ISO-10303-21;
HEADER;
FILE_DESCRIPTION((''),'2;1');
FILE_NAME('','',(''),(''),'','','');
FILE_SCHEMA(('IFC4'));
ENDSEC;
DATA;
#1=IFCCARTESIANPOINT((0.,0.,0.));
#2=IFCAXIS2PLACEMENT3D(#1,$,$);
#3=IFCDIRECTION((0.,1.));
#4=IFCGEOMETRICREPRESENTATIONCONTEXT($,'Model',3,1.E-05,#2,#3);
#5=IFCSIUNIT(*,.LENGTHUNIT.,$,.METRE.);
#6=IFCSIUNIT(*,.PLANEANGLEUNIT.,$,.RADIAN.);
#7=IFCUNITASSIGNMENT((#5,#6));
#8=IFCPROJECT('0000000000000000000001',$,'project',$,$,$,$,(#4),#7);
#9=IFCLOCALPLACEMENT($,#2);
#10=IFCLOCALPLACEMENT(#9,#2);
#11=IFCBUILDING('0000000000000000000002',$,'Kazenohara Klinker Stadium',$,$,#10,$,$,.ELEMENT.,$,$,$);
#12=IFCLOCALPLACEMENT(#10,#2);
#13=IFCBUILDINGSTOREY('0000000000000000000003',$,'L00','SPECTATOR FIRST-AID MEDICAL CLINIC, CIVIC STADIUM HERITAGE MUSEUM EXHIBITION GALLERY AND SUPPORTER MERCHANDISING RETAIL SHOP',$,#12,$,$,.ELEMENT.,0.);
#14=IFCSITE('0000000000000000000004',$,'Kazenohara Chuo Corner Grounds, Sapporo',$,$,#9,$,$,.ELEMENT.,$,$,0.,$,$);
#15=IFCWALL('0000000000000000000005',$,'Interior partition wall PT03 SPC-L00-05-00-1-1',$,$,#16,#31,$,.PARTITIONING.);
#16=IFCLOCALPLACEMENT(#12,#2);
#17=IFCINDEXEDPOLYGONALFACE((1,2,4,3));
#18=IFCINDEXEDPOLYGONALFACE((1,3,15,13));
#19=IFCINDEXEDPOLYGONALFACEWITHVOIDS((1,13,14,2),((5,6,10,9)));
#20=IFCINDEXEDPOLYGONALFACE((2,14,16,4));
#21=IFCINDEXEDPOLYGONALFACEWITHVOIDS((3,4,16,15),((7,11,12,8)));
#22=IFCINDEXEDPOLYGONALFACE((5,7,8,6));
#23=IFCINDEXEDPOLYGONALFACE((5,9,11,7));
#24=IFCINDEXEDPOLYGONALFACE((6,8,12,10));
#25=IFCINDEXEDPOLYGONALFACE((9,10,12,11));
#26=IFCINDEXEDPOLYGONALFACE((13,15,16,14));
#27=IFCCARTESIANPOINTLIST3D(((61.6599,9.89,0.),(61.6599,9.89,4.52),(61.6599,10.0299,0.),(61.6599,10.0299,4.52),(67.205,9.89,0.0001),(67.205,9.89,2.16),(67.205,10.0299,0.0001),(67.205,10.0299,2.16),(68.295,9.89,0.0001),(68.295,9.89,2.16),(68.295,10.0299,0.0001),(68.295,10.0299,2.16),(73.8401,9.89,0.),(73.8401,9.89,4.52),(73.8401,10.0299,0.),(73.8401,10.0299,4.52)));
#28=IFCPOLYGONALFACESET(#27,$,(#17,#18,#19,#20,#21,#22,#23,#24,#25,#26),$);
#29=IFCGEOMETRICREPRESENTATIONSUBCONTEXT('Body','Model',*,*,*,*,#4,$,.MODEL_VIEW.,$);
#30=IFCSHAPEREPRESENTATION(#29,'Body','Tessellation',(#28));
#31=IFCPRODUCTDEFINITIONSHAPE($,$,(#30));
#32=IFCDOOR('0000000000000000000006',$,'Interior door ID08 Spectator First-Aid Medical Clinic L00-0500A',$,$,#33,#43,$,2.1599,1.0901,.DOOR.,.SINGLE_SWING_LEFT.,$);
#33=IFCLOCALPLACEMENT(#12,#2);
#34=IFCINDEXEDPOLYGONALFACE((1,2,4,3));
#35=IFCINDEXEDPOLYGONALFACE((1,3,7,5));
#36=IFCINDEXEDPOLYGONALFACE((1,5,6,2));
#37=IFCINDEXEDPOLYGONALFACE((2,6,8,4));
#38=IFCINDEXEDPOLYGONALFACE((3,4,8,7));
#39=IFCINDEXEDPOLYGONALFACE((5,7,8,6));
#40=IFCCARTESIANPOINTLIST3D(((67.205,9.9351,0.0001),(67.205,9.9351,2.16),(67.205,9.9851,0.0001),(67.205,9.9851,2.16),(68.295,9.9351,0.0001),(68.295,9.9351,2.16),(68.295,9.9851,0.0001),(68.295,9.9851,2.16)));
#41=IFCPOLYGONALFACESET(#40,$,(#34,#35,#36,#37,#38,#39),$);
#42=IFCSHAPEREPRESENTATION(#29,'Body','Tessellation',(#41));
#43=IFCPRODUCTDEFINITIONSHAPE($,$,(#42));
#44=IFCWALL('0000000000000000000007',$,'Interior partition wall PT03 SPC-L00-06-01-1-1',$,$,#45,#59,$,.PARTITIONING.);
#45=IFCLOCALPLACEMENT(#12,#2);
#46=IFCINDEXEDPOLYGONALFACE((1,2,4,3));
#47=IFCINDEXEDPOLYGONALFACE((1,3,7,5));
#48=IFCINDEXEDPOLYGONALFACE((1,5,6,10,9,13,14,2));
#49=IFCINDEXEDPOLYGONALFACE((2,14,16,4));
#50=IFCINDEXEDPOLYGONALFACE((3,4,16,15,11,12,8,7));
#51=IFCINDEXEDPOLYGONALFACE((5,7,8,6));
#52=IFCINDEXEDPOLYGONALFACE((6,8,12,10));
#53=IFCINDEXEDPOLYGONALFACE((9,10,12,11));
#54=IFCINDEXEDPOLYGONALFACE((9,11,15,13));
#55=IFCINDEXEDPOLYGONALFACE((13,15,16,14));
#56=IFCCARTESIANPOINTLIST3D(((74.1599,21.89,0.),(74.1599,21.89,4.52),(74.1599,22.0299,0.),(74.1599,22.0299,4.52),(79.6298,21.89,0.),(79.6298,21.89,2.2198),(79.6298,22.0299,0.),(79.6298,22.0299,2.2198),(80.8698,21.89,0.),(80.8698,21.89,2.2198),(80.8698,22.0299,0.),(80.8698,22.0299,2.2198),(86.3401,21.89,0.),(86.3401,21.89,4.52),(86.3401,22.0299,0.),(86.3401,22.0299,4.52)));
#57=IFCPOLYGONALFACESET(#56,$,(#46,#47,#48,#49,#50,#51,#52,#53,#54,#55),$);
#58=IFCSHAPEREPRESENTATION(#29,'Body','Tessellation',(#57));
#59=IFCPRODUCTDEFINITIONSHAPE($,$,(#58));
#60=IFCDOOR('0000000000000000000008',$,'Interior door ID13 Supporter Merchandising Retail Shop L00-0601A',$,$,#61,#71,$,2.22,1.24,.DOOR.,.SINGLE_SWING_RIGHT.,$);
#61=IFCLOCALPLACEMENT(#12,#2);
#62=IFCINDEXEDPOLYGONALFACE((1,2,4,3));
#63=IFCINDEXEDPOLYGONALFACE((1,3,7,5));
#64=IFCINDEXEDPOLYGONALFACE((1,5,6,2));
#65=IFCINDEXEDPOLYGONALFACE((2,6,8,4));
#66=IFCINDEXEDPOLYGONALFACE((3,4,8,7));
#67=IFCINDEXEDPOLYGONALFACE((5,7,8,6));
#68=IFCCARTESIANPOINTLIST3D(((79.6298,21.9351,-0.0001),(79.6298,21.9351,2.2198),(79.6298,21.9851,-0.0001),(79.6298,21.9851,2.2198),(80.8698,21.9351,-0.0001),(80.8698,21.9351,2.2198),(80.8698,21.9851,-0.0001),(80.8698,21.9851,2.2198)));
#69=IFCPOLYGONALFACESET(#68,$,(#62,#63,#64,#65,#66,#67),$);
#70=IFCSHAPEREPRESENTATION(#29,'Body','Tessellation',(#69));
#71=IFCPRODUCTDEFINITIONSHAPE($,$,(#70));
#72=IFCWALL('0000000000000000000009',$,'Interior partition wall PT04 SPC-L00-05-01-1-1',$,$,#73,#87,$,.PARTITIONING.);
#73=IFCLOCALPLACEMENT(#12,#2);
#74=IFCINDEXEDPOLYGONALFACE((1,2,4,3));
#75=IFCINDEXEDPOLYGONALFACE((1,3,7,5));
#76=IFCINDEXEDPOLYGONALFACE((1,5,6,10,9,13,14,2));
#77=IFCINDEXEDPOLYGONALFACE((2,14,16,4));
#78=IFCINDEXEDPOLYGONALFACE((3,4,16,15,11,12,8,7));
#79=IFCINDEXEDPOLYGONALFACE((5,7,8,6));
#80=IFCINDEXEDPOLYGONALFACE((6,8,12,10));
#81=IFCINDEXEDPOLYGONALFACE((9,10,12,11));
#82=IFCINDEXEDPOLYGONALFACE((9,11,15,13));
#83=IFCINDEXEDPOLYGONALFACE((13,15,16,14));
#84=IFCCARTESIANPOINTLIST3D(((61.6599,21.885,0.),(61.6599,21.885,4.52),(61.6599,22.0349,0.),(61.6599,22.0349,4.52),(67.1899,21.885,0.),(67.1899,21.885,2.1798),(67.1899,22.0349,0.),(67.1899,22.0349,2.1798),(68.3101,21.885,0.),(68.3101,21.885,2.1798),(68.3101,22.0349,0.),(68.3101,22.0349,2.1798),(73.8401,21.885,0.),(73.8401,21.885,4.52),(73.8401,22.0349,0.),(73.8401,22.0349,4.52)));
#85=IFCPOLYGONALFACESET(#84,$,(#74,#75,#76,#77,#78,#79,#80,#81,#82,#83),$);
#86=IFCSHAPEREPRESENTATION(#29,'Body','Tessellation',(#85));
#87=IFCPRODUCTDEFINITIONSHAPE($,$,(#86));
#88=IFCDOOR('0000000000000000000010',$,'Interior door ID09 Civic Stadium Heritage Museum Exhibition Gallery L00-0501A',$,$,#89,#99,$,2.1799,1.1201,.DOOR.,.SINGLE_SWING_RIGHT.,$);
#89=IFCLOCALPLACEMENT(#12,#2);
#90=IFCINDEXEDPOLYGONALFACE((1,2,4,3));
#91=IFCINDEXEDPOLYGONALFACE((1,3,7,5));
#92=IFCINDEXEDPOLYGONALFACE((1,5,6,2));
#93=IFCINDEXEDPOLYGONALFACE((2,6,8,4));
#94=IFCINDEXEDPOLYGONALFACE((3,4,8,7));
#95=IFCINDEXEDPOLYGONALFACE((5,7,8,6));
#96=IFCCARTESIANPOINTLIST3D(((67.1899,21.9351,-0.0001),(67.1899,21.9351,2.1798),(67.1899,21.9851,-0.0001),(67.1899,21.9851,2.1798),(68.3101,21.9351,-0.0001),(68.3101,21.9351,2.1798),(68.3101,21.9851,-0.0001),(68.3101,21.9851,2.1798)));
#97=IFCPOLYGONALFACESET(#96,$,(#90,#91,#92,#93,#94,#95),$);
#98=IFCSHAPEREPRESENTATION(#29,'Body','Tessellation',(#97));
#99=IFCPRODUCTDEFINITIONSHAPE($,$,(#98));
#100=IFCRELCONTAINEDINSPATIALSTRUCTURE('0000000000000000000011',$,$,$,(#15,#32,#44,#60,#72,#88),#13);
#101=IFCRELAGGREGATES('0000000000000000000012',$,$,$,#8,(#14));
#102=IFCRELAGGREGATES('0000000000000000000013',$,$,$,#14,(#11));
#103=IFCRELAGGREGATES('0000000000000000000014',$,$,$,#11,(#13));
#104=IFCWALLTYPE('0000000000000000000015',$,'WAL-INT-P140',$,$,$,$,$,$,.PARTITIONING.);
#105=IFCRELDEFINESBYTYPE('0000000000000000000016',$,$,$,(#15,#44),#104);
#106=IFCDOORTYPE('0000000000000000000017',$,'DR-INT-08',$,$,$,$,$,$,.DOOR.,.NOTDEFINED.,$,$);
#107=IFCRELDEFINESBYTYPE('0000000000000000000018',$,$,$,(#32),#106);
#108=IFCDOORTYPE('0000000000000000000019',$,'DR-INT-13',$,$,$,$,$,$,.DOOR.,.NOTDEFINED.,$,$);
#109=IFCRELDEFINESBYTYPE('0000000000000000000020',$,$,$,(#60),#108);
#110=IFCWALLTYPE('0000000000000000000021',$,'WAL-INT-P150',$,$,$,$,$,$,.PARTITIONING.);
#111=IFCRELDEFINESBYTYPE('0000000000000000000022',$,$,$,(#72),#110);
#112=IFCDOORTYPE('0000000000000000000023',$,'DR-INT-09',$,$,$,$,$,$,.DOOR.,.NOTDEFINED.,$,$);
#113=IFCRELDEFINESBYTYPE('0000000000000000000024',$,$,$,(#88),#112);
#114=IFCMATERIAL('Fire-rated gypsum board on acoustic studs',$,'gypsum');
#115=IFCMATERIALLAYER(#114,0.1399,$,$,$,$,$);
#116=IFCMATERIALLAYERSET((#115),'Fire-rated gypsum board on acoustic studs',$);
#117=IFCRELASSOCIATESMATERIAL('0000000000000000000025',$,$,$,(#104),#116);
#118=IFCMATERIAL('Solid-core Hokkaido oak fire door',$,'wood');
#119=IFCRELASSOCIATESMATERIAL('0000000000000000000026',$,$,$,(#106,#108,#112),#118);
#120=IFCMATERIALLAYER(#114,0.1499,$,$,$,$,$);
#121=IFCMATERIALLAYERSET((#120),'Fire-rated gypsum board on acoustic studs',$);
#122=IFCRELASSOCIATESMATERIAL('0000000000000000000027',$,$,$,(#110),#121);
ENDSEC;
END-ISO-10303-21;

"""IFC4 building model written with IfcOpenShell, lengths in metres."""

from ifc_helpers import new_model, si_unit, direction, frame, frame_2d, origin, place, context, subcontext, project, spatial, rectangle, extrude, material, layer, layer_set, type_object, element, fill, save


model = new_model("IFC4")

# Units and contexts
model_context = context("Model", 3, precision=1e-05, world=origin(), true_north=direction((0.0, 1.0)))
body_context = subcontext(model_context, "Body", "Model", "MODEL_VIEW")
ifc_project = project(units=[si_unit("LENGTHUNIT", "METRE"), si_unit("PLANEANGLEUNIT", "RADIAN")], contexts=[model_context])

# Site, building, storey
site_placement = place(None, origin())
site = spatial("IfcSite", under=ifc_project, at=site_placement, Name="Kazenohara Chuo Corner Grounds, Sapporo", CompositionType="ELEMENT", RefElevation=0.0)
building_placement = place(site_placement, origin())
building = spatial("IfcBuilding", under=site, at=building_placement, Name="Kazenohara Klinker Stadium", CompositionType="ELEMENT")
storey_placement = place(building_placement, origin())
storey = spatial("IfcBuildingStorey", under=building, at=storey_placement, Name="L00", Description="SPECTATOR FIRST-AID MEDICAL CLINIC, CIVIC STADIUM HERITAGE MUSEUM EXHIBITION GALLERY AND SUPPORTER MERCHANDISING RETAIL SHOP", CompositionType="ELEMENT", Elevation=0.0)

# Walls, openings, doors
ifc_material_1 = material(Name="Fire-rated gypsum board on acoustic studs", Category="gypsum")
ifc_layer_1 = layer(ifc_material_1, 0.1399)
ifc_layer_set_1 = layer_set([ifc_layer_1], Name="Fire-rated gypsum board on acoustic studs")
wall_type_1 = type_object("IfcWallType", Name="WAL-INT-P140", PredefinedType="PARTITIONING", material=ifc_layer_set_1)
wall_1_placement = place(storey_placement, frame((61.6599, 9.96, 0.0), z_axis=(0.0, 0.0, 1.0), x_axis=(1.0, 0.0, 0.0)))
wall_1 = element("IfcWall", 1, at=wall_1_placement, inside=storey, type_object=wall_type_1, Name="Interior partition wall PT03 SPC-L00-05-00-1-1", PredefinedType="PARTITIONING", context=body_context, shape_type="SweptSolid", body=[
    extrude(rectangle(XDim=12.1802, YDim=0.1399, at=frame_2d((6.0901, 0.0))), origin(), (0.0, 0.0, 1.0), 4.52),
])
opening_1_placement = place(wall_1_placement, frame((6.635, 0.0, 0.0), z_axis=(0.0, 0.0, 1.0), x_axis=(-1.0, 0.0, 0.0)))
opening_1 = element("IfcOpeningElement", 2, at=opening_1_placement, cuts=wall_1, PredefinedType="OPENING", context=body_context, shape_type="SweptSolid", body=[
    extrude(rectangle(XDim=1.0901, YDim=2.1599, at=frame_2d((0.5449, 1.0801))), frame((0.0, 0.0801, 0.0), z_axis=(0.0, -1.0, 0.0), x_axis=(1.0, 0.0, 0.0)), (0.0, 0.0, 1.0), 0.1599),
])
ifc_material_2 = material(Name="Solid-core Hokkaido oak fire door", Category="wood")
door_type_1 = type_object("IfcDoorType", Name="DR-INT-08", OperationType="NOTDEFINED", PredefinedType="DOOR", material=ifc_material_2)
door_1_placement = place(opening_1_placement, origin())
door_1 = element("IfcDoor", 3, at=door_1_placement, inside=storey, type_object=door_type_1, Name="Interior door ID08 Spectator First-Aid Medical Clinic L00-0500A", OperationType="SINGLE_SWING_LEFT", OverallHeight=2.1599, OverallWidth=1.0901, PredefinedType="DOOR", context=body_context, shape_type="SweptSolid", body=[
    extrude(rectangle(XDim=1.0901, YDim=2.1599, at=frame_2d((0.5449, 1.0801))), frame((0.0, 0.0249, 0.0), z_axis=(0.0, -1.0, 0.0), x_axis=(1.0, 0.0, 0.0)), (0.0, 0.0, 1.0), 0.05),
])
fill(opening_1, door_1)
wall_2_placement = place(storey_placement, frame((74.1599, 21.96, 0.0), z_axis=(0.0, 0.0, 1.0), x_axis=(1.0, 0.0, 0.0)))
wall_2 = element("IfcWall", 4, at=wall_2_placement, inside=storey, type_object=wall_type_1, Name="Interior partition wall PT03 SPC-L00-06-01-1-1", PredefinedType="PARTITIONING", context=body_context, shape_type="SweptSolid", body=[
    extrude(rectangle(XDim=12.1802, YDim=0.1399, at=frame_2d((6.0901, 0.0))), origin(), (0.0, 0.0, 1.0), 4.52),
])
opening_2_placement = place(wall_2_placement, frame((6.71, 0.0, 0.0), z_axis=(0.0, 0.0, 1.0), x_axis=(-1.0, 0.0, 0.0)))
opening_2 = element("IfcOpeningElement", 5, at=opening_2_placement, cuts=wall_2, PredefinedType="OPENING", context=body_context, shape_type="SweptSolid", body=[
    extrude(rectangle(XDim=1.24, YDim=2.22, at=frame_2d((0.6201, 1.1099))), frame((0.0, 0.0801, 0.0), z_axis=(0.0, -1.0, 0.0), x_axis=(1.0, 0.0, 0.0)), (0.0, 0.0, 1.0), 0.1599),
])
door_type_2 = type_object("IfcDoorType", Name="DR-INT-13", OperationType="NOTDEFINED", PredefinedType="DOOR", material=ifc_material_2)
door_2_placement = place(opening_2_placement, origin())
door_2 = element("IfcDoor", 6, at=door_2_placement, inside=storey, type_object=door_type_2, Name="Interior door ID13 Supporter Merchandising Retail Shop L00-0601A", OperationType="SINGLE_SWING_RIGHT", OverallHeight=2.22, OverallWidth=1.24, PredefinedType="DOOR", context=body_context, shape_type="SweptSolid", body=[
    extrude(rectangle(XDim=1.24, YDim=2.22, at=frame_2d((0.6201, 1.1099))), frame((0.0, 0.0249, 0.0), z_axis=(0.0, -1.0, 0.0), x_axis=(1.0, 0.0, 0.0)), (0.0, 0.0, 1.0), 0.05),
])
fill(opening_2, door_2)
ifc_layer_2 = layer(ifc_material_1, 0.1499)
ifc_layer_set_2 = layer_set([ifc_layer_2], Name="Fire-rated gypsum board on acoustic studs")
wall_type_2 = type_object("IfcWallType", Name="WAL-INT-P150", PredefinedType="PARTITIONING", material=ifc_layer_set_2)
wall_3_placement = place(storey_placement, frame((61.6599, 21.96, 0.0), z_axis=(0.0, 0.0, 1.0), x_axis=(1.0, 0.0, 0.0)))
wall_3 = element("IfcWall", 7, at=wall_3_placement, inside=storey, type_object=wall_type_2, Name="Interior partition wall PT04 SPC-L00-05-01-1-1", PredefinedType="PARTITIONING", context=body_context, shape_type="SweptSolid", body=[
    extrude(rectangle(XDim=12.1802, YDim=0.1499, at=frame_2d((6.0901, 0.0))), origin(), (0.0, 0.0, 1.0), 4.52),
])
opening_3_placement = place(wall_3_placement, frame((6.6501, 0.0, 0.0), z_axis=(0.0, 0.0, 1.0), x_axis=(-1.0, 0.0, 0.0)))
opening_3 = element("IfcOpeningElement", 8, at=opening_3_placement, cuts=wall_3, PredefinedType="OPENING", context=body_context, shape_type="SweptSolid", body=[
    extrude(rectangle(XDim=1.1201, YDim=2.1799, at=frame_2d((0.5601, 1.0898))), frame((0.0, 0.085, 0.0), z_axis=(0.0, -1.0, 0.0), x_axis=(1.0, 0.0, 0.0)), (0.0, 0.0, 1.0), 0.1699),
])
door_type_3 = type_object("IfcDoorType", Name="DR-INT-09", OperationType="NOTDEFINED", PredefinedType="DOOR", material=ifc_material_2)
door_3_placement = place(opening_3_placement, origin())
door_3 = element("IfcDoor", 9, at=door_3_placement, inside=storey, type_object=door_type_3, Name="Interior door ID09 Civic Stadium Heritage Museum Exhibition Gallery L00-0501A", OperationType="SINGLE_SWING_RIGHT", OverallHeight=2.1799, OverallWidth=1.1201, PredefinedType="DOOR", context=body_context, shape_type="SweptSolid", body=[
    extrude(rectangle(XDim=1.1201, YDim=2.1799, at=frame_2d((0.5601, 1.0898))), frame((0.0, 0.0249, 0.0), z_axis=(0.0, -1.0, 0.0), x_axis=(1.0, 0.0, 0.0)), (0.0, 0.0, 1.0), 0.05),
])
fill(opening_3, door_3)

save(model, "model.ifc")
